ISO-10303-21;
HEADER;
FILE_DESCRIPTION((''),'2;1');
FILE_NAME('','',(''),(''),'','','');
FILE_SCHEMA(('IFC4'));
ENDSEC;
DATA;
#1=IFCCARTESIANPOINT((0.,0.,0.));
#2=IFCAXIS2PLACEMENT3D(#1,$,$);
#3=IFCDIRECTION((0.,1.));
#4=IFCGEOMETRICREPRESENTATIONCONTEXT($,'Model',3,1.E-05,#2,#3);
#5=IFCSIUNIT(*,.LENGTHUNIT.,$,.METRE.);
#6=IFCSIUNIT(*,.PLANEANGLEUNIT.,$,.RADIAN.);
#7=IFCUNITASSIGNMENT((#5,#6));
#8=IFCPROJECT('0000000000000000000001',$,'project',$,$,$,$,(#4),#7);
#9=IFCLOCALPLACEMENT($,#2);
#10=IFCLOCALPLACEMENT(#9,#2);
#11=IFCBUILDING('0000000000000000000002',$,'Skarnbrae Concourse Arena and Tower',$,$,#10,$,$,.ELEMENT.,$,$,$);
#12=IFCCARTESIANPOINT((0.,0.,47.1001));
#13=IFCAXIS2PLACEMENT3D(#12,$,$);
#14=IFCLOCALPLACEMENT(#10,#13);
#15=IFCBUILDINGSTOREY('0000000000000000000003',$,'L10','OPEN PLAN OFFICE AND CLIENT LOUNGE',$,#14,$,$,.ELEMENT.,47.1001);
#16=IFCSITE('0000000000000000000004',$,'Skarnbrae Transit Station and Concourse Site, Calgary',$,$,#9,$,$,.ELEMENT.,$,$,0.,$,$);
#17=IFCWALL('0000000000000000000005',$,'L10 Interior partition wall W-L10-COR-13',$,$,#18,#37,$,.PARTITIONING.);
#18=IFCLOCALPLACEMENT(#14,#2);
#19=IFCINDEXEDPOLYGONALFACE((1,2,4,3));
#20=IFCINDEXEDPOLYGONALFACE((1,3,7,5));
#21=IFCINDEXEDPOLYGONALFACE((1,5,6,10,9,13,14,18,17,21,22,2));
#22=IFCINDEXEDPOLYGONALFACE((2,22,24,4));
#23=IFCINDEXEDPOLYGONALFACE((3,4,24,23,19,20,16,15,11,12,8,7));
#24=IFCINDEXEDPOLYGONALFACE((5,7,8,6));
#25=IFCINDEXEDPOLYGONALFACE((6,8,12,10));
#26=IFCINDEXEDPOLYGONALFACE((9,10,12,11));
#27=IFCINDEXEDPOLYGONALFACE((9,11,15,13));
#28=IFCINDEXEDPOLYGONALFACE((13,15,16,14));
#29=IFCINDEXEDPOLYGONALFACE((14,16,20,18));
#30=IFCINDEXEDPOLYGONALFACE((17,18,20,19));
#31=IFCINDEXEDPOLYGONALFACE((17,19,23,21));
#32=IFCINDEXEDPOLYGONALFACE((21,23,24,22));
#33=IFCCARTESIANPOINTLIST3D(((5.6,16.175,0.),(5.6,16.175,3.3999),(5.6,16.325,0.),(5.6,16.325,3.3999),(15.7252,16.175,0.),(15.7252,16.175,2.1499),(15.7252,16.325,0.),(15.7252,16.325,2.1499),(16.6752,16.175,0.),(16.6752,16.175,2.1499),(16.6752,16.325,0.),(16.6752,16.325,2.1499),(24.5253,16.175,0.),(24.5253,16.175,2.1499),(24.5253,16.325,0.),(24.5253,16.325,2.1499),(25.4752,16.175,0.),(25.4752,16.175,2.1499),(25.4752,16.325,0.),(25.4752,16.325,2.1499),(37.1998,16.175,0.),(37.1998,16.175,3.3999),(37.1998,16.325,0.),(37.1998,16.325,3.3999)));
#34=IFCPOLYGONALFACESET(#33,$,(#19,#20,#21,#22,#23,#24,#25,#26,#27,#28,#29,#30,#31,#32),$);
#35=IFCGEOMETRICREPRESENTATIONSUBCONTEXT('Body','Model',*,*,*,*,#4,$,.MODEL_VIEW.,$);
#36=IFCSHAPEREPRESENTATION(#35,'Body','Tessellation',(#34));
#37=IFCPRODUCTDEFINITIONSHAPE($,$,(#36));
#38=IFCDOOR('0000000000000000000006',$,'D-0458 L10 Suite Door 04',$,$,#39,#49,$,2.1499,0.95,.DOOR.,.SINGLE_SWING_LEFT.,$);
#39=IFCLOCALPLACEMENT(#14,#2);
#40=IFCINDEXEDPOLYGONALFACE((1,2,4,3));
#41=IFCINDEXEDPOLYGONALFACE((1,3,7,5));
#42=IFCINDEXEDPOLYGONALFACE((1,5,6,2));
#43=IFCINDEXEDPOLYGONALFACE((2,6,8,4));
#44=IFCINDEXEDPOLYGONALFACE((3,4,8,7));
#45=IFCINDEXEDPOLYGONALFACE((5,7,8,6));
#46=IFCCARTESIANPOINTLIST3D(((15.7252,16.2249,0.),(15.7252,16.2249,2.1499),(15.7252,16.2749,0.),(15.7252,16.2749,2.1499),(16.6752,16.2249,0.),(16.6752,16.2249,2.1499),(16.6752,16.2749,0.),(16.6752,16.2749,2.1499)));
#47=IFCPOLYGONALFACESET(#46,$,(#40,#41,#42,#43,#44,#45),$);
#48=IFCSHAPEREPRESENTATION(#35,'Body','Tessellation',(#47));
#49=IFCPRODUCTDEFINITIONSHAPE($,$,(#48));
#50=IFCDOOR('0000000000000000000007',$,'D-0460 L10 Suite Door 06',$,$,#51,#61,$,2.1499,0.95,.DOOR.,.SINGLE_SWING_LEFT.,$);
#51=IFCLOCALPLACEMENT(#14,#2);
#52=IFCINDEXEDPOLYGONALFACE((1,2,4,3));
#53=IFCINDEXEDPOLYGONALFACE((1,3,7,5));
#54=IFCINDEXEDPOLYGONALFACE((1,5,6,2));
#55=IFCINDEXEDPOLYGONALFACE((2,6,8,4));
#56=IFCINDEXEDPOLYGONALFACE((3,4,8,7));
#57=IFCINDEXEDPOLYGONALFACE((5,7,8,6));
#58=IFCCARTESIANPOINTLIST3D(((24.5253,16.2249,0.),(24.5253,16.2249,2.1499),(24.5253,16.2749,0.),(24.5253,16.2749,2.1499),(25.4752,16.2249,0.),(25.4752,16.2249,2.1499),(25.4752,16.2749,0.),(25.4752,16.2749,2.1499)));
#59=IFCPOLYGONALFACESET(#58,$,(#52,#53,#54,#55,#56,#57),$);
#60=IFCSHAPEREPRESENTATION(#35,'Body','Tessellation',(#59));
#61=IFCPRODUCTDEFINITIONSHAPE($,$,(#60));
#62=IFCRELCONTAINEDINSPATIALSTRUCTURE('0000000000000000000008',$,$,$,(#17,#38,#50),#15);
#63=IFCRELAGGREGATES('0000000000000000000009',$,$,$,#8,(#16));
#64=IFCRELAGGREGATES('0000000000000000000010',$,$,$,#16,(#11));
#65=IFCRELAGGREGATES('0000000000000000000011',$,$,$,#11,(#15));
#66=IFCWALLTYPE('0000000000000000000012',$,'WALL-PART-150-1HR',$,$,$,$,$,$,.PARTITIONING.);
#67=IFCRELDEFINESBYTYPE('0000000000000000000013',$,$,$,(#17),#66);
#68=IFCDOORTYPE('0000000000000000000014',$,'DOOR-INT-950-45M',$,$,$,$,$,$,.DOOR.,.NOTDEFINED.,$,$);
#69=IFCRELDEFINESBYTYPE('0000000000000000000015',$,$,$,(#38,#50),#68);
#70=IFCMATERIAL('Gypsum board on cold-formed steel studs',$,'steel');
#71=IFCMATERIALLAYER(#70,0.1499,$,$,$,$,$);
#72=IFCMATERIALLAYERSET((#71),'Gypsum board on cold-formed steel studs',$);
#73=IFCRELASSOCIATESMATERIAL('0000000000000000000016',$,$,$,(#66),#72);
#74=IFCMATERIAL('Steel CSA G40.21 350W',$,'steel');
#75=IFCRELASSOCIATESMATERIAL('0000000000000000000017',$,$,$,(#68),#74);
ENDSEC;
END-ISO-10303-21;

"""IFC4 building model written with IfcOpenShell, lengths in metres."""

from ifc_helpers import new_model, si_unit, direction, frame, frame_2d, origin, place, context, subcontext, project, spatial, rectangle, extrude, source, transform, mapped, material, layer, layer_set, type_object, element, fill, save


model = new_model("IFC4")

# Units and contexts
model_context = context("Model", 3, precision=1e-05, world=origin(), true_north=direction((0.0, 1.0)))
body_context = subcontext(model_context, "Body", "Model", "MODEL_VIEW")
ifc_project = project(units=[si_unit("LENGTHUNIT", "METRE"), si_unit("PLANEANGLEUNIT", "RADIAN")], contexts=[model_context])

# Site, building, storey
site_placement = place(None, origin())
site = spatial("IfcSite", under=ifc_project, at=site_placement, Name="Skarnbrae Transit Station and Concourse Site, Calgary", CompositionType="ELEMENT", RefElevation=0.0)
building_placement = place(site_placement, origin())
building = spatial("IfcBuilding", under=site, at=building_placement, Name="Skarnbrae Concourse Arena and Tower", CompositionType="ELEMENT")
storey_placement = place(building_placement, frame((0.0, 0.0, 47.1001)))
storey = spatial("IfcBuildingStorey", under=building, at=storey_placement, Name="L10", Description="OPEN PLAN OFFICE AND CLIENT LOUNGE", CompositionType="ELEMENT", Elevation=47.1001)

# Shared definitions
ifc_material_1 = material(Name="Steel CSA G40.21 350W", Category="steel")

# Shared definitions
ifc_material_2 = material(Name="Gypsum board on cold-formed steel studs", Category="steel")
ifc_layer_1 = layer(ifc_material_2, 0.1499)
ifc_layer_set_1 = layer_set([ifc_layer_1], Name="Gypsum board on cold-formed steel studs")
wall_type_1 = type_object("IfcWallType", Name="WALL-PART-150-1HR", PredefinedType="PARTITIONING", material=ifc_layer_set_1)

# Shared definitions
door_type_1 = type_object("IfcDoorType", Name="DOOR-INT-950-45M", OperationType="NOTDEFINED", PredefinedType="DOOR", material=ifc_material_1)
shared_shape_1 = source(origin(), body_context, "Body", "SweptSolid", [
    extrude(rectangle(XDim=0.95, YDim=2.1499, at=frame_2d((0.4751, 1.075))), frame((0.0, 0.0249, 0.0), z_axis=(0.0, -1.0, 0.0), x_axis=(1.0, 0.0, 0.0)), (0.0, 0.0, 1.0), 0.05),
])

# Wall, openings, doors
shared_shape_2 = source(origin(), body_context, "Body", "SweptSolid", [
    extrude(rectangle(XDim=31.5999, YDim=0.1499, at=frame_2d((15.7998, 0.0))), origin(), (0.0, 0.0, 1.0), 3.3999),
])
wall_1_placement = place(storey_placement, frame((5.6001, 16.25, 0.0), z_axis=(0.0, 0.0, 1.0), x_axis=(1.0, 0.0, 0.0)))
wall_1 = element("IfcWall", 1, at=wall_1_placement, inside=storey, type_object=wall_type_1, Name="L10 Interior partition wall W-L10-COR-13", PredefinedType="PARTITIONING", context=body_context, shape_type="MappedRepresentation", body=[
    mapped(shared_shape_2, transform((0.0, 0.0, 0.0))),
])
opening_1_placement = place(wall_1_placement, frame((10.125, 0.0, 0.0)))
opening_1 = element("IfcOpeningElement", 2, at=opening_1_placement, cuts=wall_1, PredefinedType="OPENING", context=body_context, shape_type="SweptSolid", body=[
    extrude(rectangle(XDim=0.95, YDim=2.1499, at=frame_2d((0.4751, 1.075))), frame((0.0, 0.085, 0.0), z_axis=(0.0, -1.0, 0.0), x_axis=(1.0, 0.0, 0.0)), (0.0, 0.0, 1.0), 0.1699),
])
opening_2_placement = place(wall_1_placement, frame((18.925, 0.0, 0.0)))
opening_2 = element("IfcOpeningElement", 3, at=opening_2_placement, cuts=wall_1, PredefinedType="OPENING", context=body_context, shape_type="SweptSolid", body=[
    extrude(rectangle(XDim=0.95, YDim=2.1499, at=frame_2d((0.4751, 1.075))), frame((0.0, 0.085, 0.0), z_axis=(0.0, -1.0, 0.0), x_axis=(1.0, 0.0, 0.0)), (0.0, 0.0, 1.0), 0.1699),
])
door_1_placement = place(opening_1_placement, origin())
door_1 = element("IfcDoor", 4, at=door_1_placement, inside=storey, type_object=door_type_1, Name="D-0458 L10 Suite Door 04", OperationType="SINGLE_SWING_LEFT", OverallHeight=2.1499, OverallWidth=0.95, PredefinedType="DOOR", context=body_context, shape_type="MappedRepresentation", body=[
    mapped(shared_shape_1, transform((0.0, 0.0, 0.0))),
])
fill(opening_1, door_1)
door_2_placement = place(opening_2_placement, origin())
door_2 = element("IfcDoor", 5, at=door_2_placement, inside=storey, type_object=door_type_1, Name="D-0460 L10 Suite Door 06", OperationType="SINGLE_SWING_LEFT", OverallHeight=2.1499, OverallWidth=0.95, PredefinedType="DOOR", context=body_context, shape_type="MappedRepresentation", body=[
    mapped(shared_shape_1, transform((0.0, 0.0, 0.0))),
])
fill(opening_2, door_2)

save(model, "model.ifc")
